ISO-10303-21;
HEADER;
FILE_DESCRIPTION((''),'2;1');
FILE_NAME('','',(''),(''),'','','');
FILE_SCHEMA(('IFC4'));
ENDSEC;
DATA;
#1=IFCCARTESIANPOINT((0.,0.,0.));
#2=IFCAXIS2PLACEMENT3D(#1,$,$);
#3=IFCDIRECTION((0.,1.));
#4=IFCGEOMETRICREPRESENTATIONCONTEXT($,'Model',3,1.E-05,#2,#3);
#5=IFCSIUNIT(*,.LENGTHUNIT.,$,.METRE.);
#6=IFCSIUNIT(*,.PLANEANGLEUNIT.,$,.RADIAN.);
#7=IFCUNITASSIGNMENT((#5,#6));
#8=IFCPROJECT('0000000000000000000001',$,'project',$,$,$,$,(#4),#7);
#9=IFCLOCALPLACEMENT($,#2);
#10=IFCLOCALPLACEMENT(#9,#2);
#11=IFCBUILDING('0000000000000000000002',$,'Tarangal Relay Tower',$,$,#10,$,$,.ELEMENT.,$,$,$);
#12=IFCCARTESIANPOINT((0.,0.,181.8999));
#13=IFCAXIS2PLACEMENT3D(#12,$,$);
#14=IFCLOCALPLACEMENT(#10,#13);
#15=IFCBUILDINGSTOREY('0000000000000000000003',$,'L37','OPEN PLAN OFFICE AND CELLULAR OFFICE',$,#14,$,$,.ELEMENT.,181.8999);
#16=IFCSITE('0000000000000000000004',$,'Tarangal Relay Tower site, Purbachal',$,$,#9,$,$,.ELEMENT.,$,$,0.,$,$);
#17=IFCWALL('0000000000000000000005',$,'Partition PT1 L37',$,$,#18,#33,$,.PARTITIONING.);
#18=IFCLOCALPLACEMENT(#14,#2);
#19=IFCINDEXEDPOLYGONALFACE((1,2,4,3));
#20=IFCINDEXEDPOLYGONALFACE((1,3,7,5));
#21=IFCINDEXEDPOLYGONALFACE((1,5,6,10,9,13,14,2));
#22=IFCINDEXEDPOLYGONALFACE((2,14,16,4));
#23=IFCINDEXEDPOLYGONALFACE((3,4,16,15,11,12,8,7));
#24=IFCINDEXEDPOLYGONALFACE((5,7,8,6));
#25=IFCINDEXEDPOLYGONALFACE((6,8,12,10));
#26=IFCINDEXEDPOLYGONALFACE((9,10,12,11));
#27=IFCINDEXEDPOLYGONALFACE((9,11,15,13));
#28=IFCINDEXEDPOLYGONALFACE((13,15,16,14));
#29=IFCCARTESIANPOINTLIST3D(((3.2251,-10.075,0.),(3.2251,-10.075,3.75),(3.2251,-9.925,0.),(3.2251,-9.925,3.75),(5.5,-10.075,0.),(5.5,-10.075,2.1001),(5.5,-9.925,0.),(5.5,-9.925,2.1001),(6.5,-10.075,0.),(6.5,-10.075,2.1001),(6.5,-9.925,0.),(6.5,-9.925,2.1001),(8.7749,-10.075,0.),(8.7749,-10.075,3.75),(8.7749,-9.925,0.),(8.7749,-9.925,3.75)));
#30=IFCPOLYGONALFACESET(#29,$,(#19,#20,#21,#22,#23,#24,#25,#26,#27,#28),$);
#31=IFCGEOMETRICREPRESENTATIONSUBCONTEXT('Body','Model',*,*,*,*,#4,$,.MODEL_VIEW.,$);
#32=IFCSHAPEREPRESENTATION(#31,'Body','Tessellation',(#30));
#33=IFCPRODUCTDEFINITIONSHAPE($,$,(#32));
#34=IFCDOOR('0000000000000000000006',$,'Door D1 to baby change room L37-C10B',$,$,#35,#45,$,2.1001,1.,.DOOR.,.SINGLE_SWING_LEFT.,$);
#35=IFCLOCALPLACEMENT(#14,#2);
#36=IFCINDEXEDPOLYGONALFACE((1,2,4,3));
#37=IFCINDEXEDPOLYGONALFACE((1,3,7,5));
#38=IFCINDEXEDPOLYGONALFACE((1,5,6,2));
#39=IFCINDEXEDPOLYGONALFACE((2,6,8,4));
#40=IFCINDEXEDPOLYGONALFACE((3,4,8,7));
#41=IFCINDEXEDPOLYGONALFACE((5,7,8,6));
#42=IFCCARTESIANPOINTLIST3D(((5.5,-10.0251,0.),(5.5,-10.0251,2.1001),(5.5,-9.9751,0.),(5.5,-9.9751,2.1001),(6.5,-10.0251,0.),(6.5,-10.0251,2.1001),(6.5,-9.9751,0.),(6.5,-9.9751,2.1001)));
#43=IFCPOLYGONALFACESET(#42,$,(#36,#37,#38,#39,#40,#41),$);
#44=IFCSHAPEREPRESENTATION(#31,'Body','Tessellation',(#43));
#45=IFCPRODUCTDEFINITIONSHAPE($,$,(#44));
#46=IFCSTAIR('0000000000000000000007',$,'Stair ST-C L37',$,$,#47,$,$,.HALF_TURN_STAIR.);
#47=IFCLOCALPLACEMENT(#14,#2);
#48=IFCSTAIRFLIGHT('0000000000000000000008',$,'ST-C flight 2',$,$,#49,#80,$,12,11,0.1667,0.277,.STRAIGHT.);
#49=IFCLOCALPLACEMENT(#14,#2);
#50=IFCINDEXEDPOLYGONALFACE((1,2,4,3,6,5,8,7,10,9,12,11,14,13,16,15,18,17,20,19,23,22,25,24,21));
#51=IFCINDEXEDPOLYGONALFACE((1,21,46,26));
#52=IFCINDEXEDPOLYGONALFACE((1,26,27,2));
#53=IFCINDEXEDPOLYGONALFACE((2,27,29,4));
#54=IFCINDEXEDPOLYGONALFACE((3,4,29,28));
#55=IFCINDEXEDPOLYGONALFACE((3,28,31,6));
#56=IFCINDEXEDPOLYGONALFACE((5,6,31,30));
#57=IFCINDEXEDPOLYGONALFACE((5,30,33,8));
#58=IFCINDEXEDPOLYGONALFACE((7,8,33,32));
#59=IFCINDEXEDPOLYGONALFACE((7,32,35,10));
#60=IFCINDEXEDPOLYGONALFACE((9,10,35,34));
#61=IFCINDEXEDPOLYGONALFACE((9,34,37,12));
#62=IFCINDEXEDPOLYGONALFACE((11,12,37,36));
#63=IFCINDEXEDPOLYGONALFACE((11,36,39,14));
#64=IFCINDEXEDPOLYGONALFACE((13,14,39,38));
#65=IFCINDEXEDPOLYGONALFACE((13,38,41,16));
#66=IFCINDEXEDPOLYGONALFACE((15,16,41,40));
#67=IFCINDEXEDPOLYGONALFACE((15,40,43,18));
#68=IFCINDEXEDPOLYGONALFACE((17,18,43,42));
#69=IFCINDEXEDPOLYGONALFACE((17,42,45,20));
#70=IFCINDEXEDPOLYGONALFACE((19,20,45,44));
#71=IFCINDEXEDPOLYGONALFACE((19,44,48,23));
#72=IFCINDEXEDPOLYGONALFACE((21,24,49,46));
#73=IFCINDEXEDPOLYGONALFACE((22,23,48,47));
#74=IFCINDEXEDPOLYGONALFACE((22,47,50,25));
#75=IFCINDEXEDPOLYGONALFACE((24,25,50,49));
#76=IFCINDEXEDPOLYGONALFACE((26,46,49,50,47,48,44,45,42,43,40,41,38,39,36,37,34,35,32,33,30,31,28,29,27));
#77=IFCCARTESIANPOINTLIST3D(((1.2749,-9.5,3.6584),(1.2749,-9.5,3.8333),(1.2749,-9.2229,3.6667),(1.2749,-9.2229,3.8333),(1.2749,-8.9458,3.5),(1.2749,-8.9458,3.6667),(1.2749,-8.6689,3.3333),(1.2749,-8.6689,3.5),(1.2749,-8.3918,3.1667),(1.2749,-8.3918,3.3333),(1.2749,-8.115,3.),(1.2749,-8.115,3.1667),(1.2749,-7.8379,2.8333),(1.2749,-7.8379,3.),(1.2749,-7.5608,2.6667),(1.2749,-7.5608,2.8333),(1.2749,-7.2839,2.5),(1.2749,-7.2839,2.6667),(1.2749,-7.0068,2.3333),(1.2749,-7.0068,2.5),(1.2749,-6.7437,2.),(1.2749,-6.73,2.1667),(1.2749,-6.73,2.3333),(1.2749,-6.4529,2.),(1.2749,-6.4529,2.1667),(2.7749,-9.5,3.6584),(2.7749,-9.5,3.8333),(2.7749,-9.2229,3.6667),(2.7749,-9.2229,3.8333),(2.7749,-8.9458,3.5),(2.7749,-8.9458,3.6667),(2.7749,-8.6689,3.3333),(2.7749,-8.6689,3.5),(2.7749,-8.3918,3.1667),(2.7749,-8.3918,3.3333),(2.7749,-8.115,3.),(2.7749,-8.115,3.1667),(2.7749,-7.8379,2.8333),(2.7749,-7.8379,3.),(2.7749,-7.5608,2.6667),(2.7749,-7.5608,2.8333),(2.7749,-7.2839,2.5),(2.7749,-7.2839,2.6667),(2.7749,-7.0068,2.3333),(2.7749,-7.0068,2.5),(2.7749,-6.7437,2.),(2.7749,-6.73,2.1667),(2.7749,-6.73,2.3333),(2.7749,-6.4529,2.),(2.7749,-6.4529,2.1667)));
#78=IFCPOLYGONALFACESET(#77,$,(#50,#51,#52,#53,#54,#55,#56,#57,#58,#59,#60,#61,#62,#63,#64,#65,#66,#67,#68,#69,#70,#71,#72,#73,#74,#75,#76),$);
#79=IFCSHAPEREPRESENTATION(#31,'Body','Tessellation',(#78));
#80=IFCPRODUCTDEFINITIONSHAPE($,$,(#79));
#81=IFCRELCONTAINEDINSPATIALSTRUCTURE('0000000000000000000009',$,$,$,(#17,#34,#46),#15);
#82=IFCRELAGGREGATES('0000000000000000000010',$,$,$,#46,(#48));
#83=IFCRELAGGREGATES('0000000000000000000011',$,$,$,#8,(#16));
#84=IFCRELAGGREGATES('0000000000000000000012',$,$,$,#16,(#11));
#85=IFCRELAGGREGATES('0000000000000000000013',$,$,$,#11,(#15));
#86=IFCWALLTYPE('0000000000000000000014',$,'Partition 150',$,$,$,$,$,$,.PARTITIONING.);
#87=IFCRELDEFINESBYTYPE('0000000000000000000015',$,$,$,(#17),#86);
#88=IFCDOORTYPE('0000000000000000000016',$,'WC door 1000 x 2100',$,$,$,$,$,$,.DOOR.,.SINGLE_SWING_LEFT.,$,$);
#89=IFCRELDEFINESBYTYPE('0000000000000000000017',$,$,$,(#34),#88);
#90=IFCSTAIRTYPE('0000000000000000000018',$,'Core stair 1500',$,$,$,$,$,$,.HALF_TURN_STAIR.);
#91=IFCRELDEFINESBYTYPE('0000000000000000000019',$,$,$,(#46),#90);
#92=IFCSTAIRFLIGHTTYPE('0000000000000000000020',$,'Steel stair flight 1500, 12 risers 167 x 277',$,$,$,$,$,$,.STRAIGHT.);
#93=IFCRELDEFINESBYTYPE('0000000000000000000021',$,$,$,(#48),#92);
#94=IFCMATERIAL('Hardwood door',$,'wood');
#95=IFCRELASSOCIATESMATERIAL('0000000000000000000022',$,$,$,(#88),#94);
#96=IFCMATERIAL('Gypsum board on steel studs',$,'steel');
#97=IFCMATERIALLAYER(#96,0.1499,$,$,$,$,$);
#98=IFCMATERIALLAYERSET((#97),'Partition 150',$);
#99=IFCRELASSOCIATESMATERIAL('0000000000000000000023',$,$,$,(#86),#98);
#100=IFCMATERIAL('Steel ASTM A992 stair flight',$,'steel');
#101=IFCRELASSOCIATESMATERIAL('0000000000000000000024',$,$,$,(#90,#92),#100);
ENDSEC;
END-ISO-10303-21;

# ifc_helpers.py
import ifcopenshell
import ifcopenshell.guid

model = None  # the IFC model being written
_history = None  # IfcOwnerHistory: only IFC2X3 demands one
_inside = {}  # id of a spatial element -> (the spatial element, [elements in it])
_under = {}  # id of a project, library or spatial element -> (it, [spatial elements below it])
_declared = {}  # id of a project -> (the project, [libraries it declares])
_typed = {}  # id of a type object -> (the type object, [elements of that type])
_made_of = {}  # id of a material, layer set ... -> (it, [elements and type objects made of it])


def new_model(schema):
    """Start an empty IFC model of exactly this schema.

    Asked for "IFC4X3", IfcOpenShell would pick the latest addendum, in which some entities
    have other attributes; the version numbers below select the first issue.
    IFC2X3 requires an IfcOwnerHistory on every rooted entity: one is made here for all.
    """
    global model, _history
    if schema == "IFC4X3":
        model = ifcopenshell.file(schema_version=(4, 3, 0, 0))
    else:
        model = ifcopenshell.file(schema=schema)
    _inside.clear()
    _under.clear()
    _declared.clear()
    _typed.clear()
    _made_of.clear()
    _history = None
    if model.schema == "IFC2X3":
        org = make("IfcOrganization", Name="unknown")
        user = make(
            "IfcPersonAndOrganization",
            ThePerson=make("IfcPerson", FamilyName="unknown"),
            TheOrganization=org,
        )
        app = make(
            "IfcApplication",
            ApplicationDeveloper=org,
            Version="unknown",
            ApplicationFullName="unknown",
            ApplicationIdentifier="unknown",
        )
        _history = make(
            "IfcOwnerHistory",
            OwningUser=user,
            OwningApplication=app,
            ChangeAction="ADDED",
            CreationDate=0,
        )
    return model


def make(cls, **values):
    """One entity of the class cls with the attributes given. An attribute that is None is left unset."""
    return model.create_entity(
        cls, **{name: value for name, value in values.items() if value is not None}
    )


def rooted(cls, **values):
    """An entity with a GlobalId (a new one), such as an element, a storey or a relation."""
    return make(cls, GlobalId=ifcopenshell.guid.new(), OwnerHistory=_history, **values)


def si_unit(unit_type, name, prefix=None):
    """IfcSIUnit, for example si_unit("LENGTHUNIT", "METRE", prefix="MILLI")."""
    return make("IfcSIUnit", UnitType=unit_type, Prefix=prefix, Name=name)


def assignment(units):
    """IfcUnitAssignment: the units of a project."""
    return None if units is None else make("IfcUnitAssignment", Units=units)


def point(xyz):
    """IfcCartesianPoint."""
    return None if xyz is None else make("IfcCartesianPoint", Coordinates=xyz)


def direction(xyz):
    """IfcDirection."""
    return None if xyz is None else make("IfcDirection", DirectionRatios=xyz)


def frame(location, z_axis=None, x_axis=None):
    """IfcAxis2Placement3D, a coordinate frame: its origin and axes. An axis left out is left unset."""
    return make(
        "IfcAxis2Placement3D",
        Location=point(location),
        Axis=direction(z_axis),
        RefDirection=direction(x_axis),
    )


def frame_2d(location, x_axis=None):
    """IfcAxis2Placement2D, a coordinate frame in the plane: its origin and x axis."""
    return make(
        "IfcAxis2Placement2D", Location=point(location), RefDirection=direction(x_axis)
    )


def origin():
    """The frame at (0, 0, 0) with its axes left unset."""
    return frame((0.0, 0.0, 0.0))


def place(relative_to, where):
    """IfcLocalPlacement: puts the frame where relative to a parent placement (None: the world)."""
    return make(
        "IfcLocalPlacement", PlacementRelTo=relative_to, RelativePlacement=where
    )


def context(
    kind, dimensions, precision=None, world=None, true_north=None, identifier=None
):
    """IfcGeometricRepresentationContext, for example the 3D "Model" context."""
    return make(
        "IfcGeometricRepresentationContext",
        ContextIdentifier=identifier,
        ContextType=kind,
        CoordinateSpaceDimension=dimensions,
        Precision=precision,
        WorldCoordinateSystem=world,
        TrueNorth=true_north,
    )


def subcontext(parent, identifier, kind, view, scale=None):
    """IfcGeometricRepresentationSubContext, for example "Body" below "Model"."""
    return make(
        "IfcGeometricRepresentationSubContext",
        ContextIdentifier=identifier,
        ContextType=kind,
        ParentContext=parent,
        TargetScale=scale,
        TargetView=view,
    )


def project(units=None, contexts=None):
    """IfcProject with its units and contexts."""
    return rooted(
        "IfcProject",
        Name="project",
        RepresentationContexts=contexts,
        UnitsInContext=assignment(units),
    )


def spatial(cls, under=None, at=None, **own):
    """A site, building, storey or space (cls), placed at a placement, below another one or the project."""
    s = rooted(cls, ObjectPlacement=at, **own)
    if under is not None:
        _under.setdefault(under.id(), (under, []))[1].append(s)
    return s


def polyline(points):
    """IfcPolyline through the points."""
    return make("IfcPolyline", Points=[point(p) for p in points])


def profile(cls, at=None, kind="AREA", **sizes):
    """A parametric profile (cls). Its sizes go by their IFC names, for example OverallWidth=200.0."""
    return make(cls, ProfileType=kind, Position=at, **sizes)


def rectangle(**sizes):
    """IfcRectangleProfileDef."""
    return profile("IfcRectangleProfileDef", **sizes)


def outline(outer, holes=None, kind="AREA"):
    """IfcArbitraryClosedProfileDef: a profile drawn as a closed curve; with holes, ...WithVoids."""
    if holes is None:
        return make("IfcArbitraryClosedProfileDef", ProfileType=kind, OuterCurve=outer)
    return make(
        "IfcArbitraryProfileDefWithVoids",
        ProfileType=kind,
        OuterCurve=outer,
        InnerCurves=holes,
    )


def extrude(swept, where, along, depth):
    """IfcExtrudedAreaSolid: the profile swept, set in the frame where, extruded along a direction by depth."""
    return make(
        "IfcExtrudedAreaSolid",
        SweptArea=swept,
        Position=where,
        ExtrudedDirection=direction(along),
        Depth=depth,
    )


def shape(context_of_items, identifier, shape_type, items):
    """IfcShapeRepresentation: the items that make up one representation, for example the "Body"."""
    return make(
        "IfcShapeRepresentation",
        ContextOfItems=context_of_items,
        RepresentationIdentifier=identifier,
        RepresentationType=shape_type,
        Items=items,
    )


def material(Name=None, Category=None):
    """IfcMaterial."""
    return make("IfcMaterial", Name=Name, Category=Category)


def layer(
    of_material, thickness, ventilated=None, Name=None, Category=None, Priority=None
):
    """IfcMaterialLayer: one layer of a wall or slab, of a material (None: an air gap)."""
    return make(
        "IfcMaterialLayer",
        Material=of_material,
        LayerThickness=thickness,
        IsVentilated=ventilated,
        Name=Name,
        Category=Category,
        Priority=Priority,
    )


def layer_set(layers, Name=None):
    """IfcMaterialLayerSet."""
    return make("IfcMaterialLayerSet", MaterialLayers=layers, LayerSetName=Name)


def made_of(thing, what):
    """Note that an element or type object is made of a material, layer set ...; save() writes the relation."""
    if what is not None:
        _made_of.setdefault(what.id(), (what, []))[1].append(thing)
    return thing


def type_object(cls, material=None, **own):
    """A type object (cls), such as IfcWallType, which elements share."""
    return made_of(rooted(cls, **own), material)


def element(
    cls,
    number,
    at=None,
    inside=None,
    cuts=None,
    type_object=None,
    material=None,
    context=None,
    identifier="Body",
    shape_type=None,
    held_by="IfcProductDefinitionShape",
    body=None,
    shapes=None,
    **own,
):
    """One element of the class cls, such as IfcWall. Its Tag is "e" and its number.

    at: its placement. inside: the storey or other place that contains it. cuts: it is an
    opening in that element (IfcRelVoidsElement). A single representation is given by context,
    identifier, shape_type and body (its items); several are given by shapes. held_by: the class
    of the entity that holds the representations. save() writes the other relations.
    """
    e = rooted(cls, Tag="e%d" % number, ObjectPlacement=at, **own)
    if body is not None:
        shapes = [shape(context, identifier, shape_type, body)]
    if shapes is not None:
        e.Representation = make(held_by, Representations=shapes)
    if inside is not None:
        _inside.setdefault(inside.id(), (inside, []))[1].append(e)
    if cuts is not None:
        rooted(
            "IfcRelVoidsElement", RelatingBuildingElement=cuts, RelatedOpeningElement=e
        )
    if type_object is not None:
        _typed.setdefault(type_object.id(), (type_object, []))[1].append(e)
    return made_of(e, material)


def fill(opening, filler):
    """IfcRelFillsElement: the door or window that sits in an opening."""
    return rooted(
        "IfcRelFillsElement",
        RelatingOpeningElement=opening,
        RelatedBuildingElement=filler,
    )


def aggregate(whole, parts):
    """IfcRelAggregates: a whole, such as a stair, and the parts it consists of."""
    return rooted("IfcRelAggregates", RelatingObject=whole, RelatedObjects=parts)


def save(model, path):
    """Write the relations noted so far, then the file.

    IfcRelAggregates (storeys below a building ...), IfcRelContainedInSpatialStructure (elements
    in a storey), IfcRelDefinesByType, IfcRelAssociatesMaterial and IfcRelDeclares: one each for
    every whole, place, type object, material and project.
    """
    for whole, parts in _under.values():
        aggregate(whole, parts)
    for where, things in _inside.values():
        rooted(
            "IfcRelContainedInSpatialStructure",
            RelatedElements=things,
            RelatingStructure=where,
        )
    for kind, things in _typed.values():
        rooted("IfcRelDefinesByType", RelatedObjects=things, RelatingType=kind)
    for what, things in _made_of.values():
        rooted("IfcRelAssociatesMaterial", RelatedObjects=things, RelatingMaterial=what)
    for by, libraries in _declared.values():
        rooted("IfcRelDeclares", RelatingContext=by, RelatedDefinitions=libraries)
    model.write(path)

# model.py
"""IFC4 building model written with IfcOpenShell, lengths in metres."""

from ifc_helpers import new_model, si_unit, direction, frame, frame_2d, origin, place, context, subcontext, project, spatial, polyline, rectangle, outline, extrude, material, layer, layer_set, type_object, element, fill, aggregate, save


model = new_model("IFC4")

# Units and contexts
model_context = context("Model", 3, precision=1e-05, world=origin(), true_north=direction((0.0, 1.0)))
body_context = subcontext(model_context, "Body", "Model", "MODEL_VIEW")
ifc_project = project(units=[si_unit("LENGTHUNIT", "METRE"), si_unit("PLANEANGLEUNIT", "RADIAN")], contexts=[model_context])

# Site, building, storey
site_placement = place(None, origin())
site = spatial("IfcSite", under=ifc_project, at=site_placement, Name="Tarangal Relay Tower site, Purbachal", CompositionType="ELEMENT", RefElevation=0.0)
building_placement = place(site_placement, origin())
building = spatial("IfcBuilding", under=site, at=building_placement, Name="Tarangal Relay Tower", CompositionType="ELEMENT")
storey_placement = place(building_placement, frame((0.0, 0.0, 181.8999)))
storey = spatial("IfcBuildingStorey", under=building, at=storey_placement, Name="L37", Description="OPEN PLAN OFFICE AND CELLULAR OFFICE", CompositionType="ELEMENT", Elevation=181.8999)

# Shared definitions
ifc_material_1 = material(Name="Hardwood door", Category="wood")
door_type_1 = type_object("IfcDoorType", Name="WC door 1000 x 2100", OperationType="SINGLE_SWING_LEFT", PredefinedType="DOOR", material=ifc_material_1)

# Shared definitions
ifc_material_2 = material(Name="Gypsum board on steel studs", Category="steel")
ifc_layer_1 = layer(ifc_material_2, 0.1499)
ifc_layer_set_1 = layer_set([ifc_layer_1], Name="Partition 150")
wall_type_1 = type_object("IfcWallType", Name="Partition 150", PredefinedType="PARTITIONING", material=ifc_layer_set_1)

# Wall, opening, door
wall_1_placement = place(storey_placement, frame((3.2251, -10.0, 0.0), z_axis=(0.0, 0.0, 1.0), x_axis=(1.0, 0.0, 0.0)))
wall_1 = element("IfcWall", 1, at=wall_1_placement, inside=storey, type_object=wall_type_1, Name="Partition PT1 L37", PredefinedType="PARTITIONING", context=body_context, shape_type="SweptSolid", body=[
    extrude(rectangle(XDim=5.5498, YDim=0.1499, at=frame_2d((2.7749, 0.0))), origin(), (0.0, 0.0, 1.0), 3.75),
])
opening_1_placement = place(wall_1_placement, frame((2.2749, 0.0, 0.0)))
opening_1 = element("IfcOpeningElement", 2, at=opening_1_placement, cuts=wall_1, PredefinedType="OPENING", context=body_context, shape_type="SweptSolid", body=[
    extrude(rectangle(XDim=1.0, YDim=2.1001, at=frame_2d((0.5, 1.05))), frame((0.0, 0.085, 0.0), z_axis=(0.0, -1.0, 0.0), x_axis=(1.0, 0.0, 0.0)), (0.0, 0.0, 1.0), 0.1699),
])
door_1_placement = place(opening_1_placement, origin())
door_1 = element("IfcDoor", 3, at=door_1_placement, inside=storey, type_object=door_type_1, Name="Door D1 to baby change room L37-C10B", OperationType="SINGLE_SWING_LEFT", OverallHeight=2.1001, OverallWidth=1.0, PredefinedType="DOOR", context=body_context, shape_type="SweptSolid", body=[
    extrude(rectangle(XDim=1.0, YDim=2.1001, at=frame_2d((0.5, 1.05))), frame((0.0, 0.0249, 0.0), z_axis=(0.0, -1.0, 0.0), x_axis=(1.0, 0.0, 0.0)), (0.0, 0.0, 1.0), 0.05),
])
fill(opening_1, door_1)

# Stair, stair flight
ifc_material_3 = material(Name="Steel ASTM A992 stair flight", Category="steel")
stair_type = type_object("IfcStairType", Name="Core stair 1500", PredefinedType="HALF_TURN_STAIR", material=ifc_material_3)
stair_placement = place(storey_placement, origin())
stair = element("IfcStair", 4, at=stair_placement, inside=storey, type_object=stair_type, Name="Stair ST-C L37", PredefinedType="HALF_TURN_STAIR")
stair_flight_type = type_object("IfcStairFlightType", Name="Steel stair flight 1500, 12 risers 167 x 277", PredefinedType="STRAIGHT", material=ifc_material_3)
stair_flight_placement = place(storey_placement, frame((2.0249, -6.4529, 2.0), z_axis=(0.0, 0.0, 1.0), x_axis=(0.0, -1.0, 0.0)))
stair_flight = element("IfcStairFlight", 5, at=stair_flight_placement, type_object=stair_flight_type, Name="ST-C flight 2", NumberOfRisers=12, NumberOfTreads=11, PredefinedType="STRAIGHT", RiserHeight=0.1667, TreadLength=0.277, context=body_context, shape_type="SweptSolid", body=[
    extrude(outline(polyline([(0.0, 0.0), (0.0, 0.1667), (0.2771, 0.1667), (0.2771, 0.3333), (0.554, 0.3333), (0.554, 0.5), (0.8311, 0.5), (0.8311, 0.6667), (1.1079, 0.6667), (1.1079, 0.8333), (1.385, 0.8333), (1.385, 1.0), (1.6621, 1.0), (1.6621, 1.1667), (1.939, 1.1667), (1.939, 1.3333), (2.2161, 1.3333), (2.2161, 1.5), (2.4929, 1.5), (2.4929, 1.6667), (2.77, 1.6667), (2.77, 1.8333), (3.0471, 1.8333), (3.0471, 2.0), (3.0471, 1.6584), (0.2908, 0.0), (0.0, 0.0)])), frame((0.0, 0.75, 0.0), z_axis=(0.0, -1.0, 0.0), x_axis=(1.0, 0.0, 0.0)), (0.0, 0.0, 1.0), 1.5),
])
aggregate(stair, [stair_flight])

save(model, "model.ifc")
